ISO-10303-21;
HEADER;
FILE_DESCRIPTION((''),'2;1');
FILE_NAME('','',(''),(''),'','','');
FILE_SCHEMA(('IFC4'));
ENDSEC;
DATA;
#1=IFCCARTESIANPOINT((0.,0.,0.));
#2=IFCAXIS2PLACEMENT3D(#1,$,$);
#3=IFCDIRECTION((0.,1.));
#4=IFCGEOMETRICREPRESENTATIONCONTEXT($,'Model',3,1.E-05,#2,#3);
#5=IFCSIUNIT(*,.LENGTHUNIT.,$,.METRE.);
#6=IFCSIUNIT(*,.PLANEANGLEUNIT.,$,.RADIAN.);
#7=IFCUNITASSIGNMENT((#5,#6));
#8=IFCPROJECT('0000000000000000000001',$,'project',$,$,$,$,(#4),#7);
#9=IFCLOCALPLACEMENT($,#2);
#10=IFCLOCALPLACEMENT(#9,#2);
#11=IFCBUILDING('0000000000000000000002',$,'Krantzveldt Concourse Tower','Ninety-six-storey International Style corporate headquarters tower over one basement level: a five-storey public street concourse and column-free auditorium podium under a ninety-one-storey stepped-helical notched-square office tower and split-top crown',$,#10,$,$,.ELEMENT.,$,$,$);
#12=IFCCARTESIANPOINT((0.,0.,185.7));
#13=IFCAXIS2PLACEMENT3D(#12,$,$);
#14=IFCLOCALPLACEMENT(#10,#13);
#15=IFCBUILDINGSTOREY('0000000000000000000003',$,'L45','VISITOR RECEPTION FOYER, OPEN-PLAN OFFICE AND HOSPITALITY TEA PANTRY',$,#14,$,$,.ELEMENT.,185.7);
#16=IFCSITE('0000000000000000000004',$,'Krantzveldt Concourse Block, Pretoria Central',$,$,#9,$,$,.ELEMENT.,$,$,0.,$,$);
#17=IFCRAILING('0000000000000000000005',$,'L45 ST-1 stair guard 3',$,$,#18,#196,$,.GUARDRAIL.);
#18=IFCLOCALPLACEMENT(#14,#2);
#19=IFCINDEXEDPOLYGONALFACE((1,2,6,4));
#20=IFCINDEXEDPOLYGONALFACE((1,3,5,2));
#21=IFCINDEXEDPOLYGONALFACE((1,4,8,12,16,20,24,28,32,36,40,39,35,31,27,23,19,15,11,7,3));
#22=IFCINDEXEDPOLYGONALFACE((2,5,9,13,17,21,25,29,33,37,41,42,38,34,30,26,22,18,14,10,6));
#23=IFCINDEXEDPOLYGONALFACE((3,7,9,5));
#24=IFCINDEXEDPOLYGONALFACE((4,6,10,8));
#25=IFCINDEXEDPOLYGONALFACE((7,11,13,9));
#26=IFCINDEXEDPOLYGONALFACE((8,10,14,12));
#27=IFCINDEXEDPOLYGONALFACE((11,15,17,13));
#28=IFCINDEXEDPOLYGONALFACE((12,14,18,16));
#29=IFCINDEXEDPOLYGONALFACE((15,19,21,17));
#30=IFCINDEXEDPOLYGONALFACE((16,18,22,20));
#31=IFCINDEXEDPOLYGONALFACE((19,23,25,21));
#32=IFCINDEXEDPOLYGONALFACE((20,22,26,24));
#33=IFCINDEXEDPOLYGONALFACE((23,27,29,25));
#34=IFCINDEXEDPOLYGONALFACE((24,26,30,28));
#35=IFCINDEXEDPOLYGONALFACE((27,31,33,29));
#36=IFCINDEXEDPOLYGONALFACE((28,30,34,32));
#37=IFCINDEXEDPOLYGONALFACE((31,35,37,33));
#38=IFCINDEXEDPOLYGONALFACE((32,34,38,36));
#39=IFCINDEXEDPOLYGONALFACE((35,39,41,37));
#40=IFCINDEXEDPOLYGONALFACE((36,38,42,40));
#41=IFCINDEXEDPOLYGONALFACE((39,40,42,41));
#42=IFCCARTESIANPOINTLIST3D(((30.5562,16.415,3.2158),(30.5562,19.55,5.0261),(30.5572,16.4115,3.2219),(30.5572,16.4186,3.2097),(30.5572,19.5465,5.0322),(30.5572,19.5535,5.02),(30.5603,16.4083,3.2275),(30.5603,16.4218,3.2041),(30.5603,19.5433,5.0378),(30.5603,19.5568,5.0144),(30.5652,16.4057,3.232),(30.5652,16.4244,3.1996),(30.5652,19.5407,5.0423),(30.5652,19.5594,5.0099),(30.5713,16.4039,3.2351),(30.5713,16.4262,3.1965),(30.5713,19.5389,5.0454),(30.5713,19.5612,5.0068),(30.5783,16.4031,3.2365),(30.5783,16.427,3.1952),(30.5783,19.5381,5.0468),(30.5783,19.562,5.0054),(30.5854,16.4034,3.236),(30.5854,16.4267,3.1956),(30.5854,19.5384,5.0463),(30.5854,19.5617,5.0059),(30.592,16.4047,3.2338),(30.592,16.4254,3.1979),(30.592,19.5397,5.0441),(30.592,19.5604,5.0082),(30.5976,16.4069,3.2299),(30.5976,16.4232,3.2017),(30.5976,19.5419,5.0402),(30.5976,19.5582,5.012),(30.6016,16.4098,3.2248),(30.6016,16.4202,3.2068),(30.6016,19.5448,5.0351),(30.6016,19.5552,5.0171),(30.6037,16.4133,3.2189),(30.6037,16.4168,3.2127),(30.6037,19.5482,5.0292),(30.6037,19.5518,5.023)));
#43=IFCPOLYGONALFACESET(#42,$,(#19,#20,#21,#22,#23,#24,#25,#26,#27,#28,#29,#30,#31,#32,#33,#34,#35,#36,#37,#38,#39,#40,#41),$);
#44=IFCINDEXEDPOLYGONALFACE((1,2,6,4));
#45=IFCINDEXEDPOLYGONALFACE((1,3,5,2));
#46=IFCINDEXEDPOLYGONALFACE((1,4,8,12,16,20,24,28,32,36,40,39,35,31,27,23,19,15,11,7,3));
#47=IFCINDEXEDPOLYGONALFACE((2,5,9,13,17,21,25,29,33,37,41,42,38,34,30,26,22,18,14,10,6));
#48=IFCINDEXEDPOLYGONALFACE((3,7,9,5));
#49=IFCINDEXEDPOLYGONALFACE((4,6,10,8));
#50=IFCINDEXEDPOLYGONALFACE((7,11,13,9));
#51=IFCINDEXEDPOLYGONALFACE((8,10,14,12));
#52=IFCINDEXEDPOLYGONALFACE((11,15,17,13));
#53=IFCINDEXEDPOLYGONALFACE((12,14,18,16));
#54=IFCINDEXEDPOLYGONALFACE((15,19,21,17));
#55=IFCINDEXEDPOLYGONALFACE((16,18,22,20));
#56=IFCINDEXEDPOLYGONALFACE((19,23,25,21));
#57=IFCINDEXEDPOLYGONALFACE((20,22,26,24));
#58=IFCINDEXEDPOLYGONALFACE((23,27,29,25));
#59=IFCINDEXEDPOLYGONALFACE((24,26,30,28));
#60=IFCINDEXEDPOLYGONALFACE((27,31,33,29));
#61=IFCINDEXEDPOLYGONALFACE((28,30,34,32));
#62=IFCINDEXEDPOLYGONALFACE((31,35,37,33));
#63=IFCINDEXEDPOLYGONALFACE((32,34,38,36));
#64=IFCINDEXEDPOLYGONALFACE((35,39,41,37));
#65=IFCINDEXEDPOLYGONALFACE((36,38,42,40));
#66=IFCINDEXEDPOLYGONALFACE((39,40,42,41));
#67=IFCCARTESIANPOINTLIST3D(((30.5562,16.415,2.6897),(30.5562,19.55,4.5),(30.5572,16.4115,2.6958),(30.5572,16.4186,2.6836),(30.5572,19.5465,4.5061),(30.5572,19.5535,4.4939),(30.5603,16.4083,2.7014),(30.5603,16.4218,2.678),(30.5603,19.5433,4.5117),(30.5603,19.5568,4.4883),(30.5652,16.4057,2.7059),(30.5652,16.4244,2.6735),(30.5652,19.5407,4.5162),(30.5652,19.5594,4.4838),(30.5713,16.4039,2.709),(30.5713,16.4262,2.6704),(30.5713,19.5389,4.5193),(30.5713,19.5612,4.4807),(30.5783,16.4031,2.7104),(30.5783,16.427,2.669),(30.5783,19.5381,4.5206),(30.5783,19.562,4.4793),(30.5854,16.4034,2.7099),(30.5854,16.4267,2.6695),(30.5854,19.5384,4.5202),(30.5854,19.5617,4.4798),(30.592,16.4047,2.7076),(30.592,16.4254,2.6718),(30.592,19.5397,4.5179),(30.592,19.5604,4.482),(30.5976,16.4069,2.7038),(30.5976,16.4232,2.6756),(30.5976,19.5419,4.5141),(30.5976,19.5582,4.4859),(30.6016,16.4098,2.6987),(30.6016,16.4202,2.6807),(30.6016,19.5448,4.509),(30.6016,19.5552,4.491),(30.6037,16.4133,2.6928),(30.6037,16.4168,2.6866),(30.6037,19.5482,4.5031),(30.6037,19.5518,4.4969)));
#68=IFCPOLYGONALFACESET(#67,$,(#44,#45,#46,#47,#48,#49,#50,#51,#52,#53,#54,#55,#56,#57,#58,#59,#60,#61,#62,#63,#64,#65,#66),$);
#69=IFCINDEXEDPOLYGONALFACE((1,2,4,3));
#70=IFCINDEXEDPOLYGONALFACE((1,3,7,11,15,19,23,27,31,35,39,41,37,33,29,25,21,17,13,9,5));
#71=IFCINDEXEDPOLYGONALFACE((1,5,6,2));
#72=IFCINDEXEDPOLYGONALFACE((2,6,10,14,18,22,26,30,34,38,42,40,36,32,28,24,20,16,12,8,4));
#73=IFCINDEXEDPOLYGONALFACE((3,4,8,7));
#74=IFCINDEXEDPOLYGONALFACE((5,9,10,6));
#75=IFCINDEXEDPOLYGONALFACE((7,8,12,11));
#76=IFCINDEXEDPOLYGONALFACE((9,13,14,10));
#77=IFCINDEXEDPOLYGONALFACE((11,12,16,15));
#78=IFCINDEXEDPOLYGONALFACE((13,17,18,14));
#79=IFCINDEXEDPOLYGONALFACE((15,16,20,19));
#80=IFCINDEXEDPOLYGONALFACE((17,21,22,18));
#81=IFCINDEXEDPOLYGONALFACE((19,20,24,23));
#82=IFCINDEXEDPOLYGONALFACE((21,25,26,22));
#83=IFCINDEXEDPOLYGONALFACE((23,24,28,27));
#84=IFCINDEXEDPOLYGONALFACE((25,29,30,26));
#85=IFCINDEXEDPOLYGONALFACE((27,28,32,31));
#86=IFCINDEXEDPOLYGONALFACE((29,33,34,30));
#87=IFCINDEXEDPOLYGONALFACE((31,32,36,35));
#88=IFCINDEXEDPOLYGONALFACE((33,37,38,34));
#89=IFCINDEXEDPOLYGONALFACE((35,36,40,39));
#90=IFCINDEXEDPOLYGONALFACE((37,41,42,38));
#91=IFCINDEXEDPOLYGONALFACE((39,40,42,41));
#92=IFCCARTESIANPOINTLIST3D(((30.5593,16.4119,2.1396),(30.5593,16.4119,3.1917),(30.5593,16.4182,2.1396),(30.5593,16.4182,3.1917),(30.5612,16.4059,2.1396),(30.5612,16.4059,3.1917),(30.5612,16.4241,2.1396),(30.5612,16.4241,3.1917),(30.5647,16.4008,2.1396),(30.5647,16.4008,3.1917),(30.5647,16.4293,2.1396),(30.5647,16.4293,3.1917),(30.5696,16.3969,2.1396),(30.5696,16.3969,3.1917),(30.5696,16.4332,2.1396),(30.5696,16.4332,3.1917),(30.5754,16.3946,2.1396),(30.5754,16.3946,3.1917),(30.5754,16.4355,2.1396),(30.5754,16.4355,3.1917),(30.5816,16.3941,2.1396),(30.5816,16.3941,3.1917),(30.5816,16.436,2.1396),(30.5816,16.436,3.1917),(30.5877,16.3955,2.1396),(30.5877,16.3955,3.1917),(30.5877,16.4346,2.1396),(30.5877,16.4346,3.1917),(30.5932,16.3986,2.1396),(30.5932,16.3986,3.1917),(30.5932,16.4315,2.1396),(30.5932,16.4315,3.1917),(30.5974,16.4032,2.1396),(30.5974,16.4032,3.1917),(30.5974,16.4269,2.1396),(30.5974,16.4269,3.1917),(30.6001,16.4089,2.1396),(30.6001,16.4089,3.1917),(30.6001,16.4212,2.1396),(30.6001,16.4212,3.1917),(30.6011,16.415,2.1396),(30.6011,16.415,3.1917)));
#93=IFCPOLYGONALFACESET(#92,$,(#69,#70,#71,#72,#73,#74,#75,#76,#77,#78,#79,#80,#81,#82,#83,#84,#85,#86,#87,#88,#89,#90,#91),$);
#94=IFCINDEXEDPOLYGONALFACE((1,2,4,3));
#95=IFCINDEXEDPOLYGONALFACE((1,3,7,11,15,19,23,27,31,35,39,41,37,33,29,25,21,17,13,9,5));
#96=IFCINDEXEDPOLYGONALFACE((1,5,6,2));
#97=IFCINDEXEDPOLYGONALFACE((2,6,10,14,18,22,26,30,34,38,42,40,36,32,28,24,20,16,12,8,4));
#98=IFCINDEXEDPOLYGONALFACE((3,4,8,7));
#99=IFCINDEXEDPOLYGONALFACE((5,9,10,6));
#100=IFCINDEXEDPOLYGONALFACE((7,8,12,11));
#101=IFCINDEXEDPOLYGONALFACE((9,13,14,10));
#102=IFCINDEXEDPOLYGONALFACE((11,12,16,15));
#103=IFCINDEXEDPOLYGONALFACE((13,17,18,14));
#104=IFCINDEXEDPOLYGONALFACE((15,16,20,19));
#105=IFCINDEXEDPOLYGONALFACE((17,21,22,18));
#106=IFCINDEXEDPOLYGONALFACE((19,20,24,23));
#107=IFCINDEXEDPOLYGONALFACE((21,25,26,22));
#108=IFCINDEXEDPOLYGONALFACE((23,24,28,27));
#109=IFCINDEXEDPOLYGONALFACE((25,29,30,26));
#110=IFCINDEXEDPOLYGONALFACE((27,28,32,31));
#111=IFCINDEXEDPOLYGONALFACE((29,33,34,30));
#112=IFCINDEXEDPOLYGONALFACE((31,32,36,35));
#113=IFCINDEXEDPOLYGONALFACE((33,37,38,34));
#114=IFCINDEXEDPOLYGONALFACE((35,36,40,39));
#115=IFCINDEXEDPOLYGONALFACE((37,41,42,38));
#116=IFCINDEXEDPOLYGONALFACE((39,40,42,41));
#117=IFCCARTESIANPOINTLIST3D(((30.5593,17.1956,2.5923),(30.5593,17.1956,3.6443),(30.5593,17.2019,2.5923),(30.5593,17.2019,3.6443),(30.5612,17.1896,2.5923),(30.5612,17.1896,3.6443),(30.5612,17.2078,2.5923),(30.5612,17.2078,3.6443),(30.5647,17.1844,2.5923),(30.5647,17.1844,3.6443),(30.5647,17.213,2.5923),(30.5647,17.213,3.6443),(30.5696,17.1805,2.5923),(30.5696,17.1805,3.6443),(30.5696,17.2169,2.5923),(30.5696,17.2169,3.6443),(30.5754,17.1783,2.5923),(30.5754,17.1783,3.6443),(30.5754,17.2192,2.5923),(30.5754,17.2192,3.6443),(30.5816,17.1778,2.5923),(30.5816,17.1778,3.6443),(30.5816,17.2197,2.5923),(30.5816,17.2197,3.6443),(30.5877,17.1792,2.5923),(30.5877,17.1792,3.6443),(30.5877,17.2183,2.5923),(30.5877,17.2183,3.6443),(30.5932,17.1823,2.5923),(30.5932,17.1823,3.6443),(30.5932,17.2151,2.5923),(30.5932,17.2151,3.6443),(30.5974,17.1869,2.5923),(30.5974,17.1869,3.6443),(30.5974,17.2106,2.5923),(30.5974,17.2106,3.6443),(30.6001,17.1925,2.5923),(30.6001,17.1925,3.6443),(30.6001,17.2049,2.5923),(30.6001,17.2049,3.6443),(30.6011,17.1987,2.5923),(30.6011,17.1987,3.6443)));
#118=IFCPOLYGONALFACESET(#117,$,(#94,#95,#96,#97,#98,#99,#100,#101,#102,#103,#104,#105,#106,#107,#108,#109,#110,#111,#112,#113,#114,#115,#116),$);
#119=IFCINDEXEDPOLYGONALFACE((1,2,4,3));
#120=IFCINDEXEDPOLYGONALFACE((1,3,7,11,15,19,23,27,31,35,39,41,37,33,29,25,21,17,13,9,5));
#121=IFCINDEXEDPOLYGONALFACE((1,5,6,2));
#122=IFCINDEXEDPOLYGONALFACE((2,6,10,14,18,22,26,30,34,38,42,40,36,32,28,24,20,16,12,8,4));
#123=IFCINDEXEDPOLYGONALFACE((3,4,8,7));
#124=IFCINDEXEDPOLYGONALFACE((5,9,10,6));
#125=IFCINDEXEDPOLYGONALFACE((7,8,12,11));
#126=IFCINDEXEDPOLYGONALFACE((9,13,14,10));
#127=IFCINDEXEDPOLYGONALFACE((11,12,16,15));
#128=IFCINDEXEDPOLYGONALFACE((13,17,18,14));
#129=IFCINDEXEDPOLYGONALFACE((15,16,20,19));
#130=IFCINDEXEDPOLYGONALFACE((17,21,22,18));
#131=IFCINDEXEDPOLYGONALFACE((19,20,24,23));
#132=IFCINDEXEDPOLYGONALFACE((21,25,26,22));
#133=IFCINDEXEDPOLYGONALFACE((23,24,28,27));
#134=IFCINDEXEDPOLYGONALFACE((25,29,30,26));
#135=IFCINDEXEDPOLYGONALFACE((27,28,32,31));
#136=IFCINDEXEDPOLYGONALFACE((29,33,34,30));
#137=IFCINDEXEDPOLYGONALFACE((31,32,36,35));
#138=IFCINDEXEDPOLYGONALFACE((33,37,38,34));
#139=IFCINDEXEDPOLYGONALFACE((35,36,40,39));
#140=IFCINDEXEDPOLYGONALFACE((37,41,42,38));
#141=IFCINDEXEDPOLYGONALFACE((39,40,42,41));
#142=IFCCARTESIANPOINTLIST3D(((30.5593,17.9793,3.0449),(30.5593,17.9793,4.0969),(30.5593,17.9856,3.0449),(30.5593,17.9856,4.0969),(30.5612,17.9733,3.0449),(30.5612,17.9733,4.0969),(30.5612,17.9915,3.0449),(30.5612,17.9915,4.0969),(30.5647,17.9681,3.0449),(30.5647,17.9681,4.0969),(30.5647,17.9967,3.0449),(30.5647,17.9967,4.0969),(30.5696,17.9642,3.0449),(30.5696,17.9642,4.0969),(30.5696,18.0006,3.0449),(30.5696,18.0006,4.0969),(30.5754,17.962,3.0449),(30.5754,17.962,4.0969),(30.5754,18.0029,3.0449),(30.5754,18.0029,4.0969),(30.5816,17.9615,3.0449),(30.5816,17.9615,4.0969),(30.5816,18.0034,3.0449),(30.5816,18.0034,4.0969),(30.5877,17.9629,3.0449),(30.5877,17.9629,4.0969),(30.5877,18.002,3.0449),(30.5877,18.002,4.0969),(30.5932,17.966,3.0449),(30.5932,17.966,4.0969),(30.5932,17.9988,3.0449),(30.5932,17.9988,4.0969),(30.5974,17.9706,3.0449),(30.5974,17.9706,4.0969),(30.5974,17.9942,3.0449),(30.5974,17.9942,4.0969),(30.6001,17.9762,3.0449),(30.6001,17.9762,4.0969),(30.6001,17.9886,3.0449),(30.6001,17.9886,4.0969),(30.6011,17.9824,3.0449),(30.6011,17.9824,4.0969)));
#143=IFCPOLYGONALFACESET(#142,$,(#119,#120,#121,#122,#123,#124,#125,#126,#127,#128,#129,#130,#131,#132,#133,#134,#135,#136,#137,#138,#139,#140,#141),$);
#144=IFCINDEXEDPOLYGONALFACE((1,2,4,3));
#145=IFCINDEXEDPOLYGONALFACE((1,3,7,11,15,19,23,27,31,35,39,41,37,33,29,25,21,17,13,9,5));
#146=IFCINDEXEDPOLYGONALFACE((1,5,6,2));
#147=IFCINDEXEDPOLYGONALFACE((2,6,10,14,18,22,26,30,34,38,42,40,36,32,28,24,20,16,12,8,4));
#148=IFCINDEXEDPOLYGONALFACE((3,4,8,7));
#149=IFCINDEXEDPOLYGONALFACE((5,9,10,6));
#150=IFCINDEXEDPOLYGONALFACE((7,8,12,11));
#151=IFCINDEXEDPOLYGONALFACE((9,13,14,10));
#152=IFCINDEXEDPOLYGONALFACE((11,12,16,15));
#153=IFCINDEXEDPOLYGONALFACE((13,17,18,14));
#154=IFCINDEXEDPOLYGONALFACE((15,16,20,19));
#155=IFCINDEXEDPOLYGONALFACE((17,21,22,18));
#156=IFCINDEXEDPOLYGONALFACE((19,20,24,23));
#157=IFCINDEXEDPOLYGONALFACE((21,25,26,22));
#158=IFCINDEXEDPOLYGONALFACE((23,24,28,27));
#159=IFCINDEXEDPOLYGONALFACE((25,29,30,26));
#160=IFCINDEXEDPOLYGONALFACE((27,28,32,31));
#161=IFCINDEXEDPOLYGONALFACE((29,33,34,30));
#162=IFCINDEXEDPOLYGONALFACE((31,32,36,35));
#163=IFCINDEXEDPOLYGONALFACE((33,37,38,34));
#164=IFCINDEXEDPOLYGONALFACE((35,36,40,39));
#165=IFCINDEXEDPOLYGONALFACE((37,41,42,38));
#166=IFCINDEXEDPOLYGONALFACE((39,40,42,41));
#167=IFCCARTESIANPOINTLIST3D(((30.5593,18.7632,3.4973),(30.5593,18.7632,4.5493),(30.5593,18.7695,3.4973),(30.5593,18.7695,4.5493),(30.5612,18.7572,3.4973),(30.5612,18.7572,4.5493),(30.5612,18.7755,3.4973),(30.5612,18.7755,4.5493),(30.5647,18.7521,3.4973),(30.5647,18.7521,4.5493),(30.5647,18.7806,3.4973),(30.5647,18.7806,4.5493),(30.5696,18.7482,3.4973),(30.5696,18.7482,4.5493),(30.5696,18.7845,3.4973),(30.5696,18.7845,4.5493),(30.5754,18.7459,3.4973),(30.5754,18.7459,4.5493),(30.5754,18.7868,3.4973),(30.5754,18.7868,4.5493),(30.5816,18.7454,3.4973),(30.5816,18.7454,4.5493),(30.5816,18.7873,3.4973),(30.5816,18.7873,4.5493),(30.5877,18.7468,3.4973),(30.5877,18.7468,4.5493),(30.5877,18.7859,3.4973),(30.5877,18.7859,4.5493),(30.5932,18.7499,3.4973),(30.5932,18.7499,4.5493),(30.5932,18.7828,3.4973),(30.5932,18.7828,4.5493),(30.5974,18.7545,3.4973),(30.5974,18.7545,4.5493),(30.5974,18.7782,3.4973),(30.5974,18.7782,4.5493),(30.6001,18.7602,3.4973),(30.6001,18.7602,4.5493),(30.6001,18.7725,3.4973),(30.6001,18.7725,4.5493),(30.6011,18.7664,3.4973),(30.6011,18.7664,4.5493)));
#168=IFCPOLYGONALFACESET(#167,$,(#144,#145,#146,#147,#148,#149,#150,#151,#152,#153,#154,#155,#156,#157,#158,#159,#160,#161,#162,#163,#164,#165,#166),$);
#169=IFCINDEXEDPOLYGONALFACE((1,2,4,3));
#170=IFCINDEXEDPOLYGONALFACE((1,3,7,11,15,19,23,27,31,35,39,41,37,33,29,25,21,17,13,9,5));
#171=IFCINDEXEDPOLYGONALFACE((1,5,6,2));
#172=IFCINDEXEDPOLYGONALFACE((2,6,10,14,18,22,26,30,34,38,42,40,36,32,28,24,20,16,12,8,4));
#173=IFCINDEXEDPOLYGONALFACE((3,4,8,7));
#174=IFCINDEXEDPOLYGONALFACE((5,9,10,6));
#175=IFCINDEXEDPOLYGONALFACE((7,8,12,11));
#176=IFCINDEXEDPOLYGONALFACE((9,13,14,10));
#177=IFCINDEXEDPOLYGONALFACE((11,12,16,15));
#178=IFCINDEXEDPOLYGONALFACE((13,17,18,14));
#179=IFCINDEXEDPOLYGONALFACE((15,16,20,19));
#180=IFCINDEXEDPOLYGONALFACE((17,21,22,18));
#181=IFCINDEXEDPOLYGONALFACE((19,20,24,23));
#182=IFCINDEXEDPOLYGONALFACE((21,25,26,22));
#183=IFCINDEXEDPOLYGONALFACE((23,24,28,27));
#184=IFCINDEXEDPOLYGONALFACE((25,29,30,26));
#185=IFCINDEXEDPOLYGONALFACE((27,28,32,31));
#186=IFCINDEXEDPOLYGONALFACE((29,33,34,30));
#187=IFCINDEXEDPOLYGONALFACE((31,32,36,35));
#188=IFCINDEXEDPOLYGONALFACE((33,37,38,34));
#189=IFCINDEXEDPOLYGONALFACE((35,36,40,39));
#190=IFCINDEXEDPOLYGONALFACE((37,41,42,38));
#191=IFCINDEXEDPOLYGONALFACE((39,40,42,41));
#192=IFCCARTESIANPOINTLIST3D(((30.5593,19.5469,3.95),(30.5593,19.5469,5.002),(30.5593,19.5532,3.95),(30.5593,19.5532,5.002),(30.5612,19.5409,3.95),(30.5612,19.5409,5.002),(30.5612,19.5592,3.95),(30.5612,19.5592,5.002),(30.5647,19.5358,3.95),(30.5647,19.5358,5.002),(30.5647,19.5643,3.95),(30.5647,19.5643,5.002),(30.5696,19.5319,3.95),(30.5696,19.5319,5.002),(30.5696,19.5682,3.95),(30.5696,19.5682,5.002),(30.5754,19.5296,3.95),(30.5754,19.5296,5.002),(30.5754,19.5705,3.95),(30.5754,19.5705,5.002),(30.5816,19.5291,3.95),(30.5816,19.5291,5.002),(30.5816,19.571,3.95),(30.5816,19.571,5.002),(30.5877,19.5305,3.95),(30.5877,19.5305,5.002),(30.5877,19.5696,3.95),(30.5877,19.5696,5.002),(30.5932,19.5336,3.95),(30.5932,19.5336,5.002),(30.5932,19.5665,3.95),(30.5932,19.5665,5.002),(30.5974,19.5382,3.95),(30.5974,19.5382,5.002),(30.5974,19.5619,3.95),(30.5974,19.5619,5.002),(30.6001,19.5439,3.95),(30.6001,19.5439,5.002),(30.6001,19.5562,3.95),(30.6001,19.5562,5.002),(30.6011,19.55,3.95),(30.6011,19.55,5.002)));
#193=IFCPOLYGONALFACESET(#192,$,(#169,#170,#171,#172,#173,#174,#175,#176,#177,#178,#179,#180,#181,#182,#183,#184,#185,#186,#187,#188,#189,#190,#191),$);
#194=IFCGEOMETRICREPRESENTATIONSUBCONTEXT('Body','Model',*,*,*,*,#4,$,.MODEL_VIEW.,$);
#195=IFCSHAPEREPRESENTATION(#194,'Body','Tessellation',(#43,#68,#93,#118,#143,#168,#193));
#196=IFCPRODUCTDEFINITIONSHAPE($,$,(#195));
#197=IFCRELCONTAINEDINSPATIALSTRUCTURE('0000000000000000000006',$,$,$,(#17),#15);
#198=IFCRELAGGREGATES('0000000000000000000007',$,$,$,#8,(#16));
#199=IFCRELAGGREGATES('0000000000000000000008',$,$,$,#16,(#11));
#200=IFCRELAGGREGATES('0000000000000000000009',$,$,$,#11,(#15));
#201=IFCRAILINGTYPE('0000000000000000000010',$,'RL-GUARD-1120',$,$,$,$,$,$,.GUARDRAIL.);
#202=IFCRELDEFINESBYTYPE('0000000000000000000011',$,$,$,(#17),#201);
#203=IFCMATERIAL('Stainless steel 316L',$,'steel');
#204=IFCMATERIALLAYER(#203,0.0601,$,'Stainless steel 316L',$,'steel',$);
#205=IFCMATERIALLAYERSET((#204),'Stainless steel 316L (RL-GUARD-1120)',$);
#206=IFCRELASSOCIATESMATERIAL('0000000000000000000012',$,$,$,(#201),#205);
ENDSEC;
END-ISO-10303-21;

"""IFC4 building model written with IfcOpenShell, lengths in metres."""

from ifc_helpers import new_model, si_unit, direction, frame, origin, origin_2d, place, context, subcontext, project, spatial, circle, extrude, material, layer, layer_set, type_object, element, save


model = new_model("IFC4")

# Units and contexts
model_context = context("Model", 3, precision=1e-05, world=origin(), true_north=direction((0.0, 1.0)))
body_context = subcontext(model_context, "Body", "Model", "MODEL_VIEW")
ifc_project = project(units=[si_unit("LENGTHUNIT", "METRE"), si_unit("PLANEANGLEUNIT", "RADIAN")], contexts=[model_context])

# Site, building, storey
site_placement = place(None, origin())
site = spatial("IfcSite", under=ifc_project, at=site_placement, Name="Krantzveldt Concourse Block, Pretoria Central", CompositionType="ELEMENT", RefElevation=0.0)
building_placement = place(site_placement, origin())
building = spatial("IfcBuilding", under=site, at=building_placement, Name="Krantzveldt Concourse Tower", Description="Ninety-six-storey International Style corporate headquarters tower over one basement level: a five-storey public street concourse and column-free auditorium podium under a ninety-one-storey stepped-helical notched-square office tower and split-top crown", CompositionType="ELEMENT")
storey_placement = place(building_placement, frame((0.0, 0.0, 185.7)))
storey = spatial("IfcBuildingStorey", under=building, at=storey_placement, Name="L45", Description="VISITOR RECEPTION FOYER, OPEN-PLAN OFFICE AND HOSPITALITY TEA PANTRY", CompositionType="ELEMENT", Elevation=185.7)

# Railing
ifc_material_1 = material(Name="Stainless steel 316L", Category="steel")
ifc_layer_1 = layer(ifc_material_1, 0.0601, Name="Stainless steel 316L", Category="steel")
ifc_layer_set_1 = layer_set([ifc_layer_1], Name="Stainless steel 316L (RL-GUARD-1120)")
railing_type_1 = type_object("IfcRailingType", Name="RL-GUARD-1120", PredefinedType="GUARDRAIL", material=ifc_layer_set_1)
railing_1_placement = place(storey_placement, frame((30.5801, 16.415, 2.1396)))
element("IfcRailing", 1, at=railing_1_placement, inside=storey, type_object=railing_type_1, Name="L45 ST-1 stair guard 3", PredefinedType="GUARDRAIL", context=body_context, shape_type="SweptSolid", body=[
    extrude(circle(Radius=0.0239, at=origin_2d()), frame((0.0, 0.0, 1.0762), z_axis=(0.0, 0.865989, 0.500063), x_axis=(-1.0, 0.0, 0.0)), (0.0, 0.0, 1.0), 3.6201),
    extrude(circle(Radius=0.0239, at=origin_2d()), frame((0.0, 0.0, 0.55), z_axis=(0.0, 0.865989, 0.500063), x_axis=(-1.0, 0.0, 0.0)), (0.0, 0.0, 1.0), 3.6201),
    extrude(circle(Radius=0.021, at=origin_2d()), origin(), (0.0, 0.0, 1.0), 1.052),
    extrude(circle(Radius=0.021, at=origin_2d()), frame((0.0, 0.7837, 0.4526)), (0.0, 0.0, 1.0), 1.052),
    extrude(circle(Radius=0.021, at=origin_2d()), frame((0.0, 1.5674, 0.9053)), (0.0, 0.0, 1.0), 1.052),
    extrude(circle(Radius=0.021, at=origin_2d()), frame((0.0, 2.3513, 1.3577)), (0.0, 0.0, 1.0), 1.052),
    extrude(circle(Radius=0.021, at=origin_2d()), frame((0.0, 3.135, 1.8103)), (0.0, 0.0, 1.0), 1.052),
])

save(model, "model.ifc")
